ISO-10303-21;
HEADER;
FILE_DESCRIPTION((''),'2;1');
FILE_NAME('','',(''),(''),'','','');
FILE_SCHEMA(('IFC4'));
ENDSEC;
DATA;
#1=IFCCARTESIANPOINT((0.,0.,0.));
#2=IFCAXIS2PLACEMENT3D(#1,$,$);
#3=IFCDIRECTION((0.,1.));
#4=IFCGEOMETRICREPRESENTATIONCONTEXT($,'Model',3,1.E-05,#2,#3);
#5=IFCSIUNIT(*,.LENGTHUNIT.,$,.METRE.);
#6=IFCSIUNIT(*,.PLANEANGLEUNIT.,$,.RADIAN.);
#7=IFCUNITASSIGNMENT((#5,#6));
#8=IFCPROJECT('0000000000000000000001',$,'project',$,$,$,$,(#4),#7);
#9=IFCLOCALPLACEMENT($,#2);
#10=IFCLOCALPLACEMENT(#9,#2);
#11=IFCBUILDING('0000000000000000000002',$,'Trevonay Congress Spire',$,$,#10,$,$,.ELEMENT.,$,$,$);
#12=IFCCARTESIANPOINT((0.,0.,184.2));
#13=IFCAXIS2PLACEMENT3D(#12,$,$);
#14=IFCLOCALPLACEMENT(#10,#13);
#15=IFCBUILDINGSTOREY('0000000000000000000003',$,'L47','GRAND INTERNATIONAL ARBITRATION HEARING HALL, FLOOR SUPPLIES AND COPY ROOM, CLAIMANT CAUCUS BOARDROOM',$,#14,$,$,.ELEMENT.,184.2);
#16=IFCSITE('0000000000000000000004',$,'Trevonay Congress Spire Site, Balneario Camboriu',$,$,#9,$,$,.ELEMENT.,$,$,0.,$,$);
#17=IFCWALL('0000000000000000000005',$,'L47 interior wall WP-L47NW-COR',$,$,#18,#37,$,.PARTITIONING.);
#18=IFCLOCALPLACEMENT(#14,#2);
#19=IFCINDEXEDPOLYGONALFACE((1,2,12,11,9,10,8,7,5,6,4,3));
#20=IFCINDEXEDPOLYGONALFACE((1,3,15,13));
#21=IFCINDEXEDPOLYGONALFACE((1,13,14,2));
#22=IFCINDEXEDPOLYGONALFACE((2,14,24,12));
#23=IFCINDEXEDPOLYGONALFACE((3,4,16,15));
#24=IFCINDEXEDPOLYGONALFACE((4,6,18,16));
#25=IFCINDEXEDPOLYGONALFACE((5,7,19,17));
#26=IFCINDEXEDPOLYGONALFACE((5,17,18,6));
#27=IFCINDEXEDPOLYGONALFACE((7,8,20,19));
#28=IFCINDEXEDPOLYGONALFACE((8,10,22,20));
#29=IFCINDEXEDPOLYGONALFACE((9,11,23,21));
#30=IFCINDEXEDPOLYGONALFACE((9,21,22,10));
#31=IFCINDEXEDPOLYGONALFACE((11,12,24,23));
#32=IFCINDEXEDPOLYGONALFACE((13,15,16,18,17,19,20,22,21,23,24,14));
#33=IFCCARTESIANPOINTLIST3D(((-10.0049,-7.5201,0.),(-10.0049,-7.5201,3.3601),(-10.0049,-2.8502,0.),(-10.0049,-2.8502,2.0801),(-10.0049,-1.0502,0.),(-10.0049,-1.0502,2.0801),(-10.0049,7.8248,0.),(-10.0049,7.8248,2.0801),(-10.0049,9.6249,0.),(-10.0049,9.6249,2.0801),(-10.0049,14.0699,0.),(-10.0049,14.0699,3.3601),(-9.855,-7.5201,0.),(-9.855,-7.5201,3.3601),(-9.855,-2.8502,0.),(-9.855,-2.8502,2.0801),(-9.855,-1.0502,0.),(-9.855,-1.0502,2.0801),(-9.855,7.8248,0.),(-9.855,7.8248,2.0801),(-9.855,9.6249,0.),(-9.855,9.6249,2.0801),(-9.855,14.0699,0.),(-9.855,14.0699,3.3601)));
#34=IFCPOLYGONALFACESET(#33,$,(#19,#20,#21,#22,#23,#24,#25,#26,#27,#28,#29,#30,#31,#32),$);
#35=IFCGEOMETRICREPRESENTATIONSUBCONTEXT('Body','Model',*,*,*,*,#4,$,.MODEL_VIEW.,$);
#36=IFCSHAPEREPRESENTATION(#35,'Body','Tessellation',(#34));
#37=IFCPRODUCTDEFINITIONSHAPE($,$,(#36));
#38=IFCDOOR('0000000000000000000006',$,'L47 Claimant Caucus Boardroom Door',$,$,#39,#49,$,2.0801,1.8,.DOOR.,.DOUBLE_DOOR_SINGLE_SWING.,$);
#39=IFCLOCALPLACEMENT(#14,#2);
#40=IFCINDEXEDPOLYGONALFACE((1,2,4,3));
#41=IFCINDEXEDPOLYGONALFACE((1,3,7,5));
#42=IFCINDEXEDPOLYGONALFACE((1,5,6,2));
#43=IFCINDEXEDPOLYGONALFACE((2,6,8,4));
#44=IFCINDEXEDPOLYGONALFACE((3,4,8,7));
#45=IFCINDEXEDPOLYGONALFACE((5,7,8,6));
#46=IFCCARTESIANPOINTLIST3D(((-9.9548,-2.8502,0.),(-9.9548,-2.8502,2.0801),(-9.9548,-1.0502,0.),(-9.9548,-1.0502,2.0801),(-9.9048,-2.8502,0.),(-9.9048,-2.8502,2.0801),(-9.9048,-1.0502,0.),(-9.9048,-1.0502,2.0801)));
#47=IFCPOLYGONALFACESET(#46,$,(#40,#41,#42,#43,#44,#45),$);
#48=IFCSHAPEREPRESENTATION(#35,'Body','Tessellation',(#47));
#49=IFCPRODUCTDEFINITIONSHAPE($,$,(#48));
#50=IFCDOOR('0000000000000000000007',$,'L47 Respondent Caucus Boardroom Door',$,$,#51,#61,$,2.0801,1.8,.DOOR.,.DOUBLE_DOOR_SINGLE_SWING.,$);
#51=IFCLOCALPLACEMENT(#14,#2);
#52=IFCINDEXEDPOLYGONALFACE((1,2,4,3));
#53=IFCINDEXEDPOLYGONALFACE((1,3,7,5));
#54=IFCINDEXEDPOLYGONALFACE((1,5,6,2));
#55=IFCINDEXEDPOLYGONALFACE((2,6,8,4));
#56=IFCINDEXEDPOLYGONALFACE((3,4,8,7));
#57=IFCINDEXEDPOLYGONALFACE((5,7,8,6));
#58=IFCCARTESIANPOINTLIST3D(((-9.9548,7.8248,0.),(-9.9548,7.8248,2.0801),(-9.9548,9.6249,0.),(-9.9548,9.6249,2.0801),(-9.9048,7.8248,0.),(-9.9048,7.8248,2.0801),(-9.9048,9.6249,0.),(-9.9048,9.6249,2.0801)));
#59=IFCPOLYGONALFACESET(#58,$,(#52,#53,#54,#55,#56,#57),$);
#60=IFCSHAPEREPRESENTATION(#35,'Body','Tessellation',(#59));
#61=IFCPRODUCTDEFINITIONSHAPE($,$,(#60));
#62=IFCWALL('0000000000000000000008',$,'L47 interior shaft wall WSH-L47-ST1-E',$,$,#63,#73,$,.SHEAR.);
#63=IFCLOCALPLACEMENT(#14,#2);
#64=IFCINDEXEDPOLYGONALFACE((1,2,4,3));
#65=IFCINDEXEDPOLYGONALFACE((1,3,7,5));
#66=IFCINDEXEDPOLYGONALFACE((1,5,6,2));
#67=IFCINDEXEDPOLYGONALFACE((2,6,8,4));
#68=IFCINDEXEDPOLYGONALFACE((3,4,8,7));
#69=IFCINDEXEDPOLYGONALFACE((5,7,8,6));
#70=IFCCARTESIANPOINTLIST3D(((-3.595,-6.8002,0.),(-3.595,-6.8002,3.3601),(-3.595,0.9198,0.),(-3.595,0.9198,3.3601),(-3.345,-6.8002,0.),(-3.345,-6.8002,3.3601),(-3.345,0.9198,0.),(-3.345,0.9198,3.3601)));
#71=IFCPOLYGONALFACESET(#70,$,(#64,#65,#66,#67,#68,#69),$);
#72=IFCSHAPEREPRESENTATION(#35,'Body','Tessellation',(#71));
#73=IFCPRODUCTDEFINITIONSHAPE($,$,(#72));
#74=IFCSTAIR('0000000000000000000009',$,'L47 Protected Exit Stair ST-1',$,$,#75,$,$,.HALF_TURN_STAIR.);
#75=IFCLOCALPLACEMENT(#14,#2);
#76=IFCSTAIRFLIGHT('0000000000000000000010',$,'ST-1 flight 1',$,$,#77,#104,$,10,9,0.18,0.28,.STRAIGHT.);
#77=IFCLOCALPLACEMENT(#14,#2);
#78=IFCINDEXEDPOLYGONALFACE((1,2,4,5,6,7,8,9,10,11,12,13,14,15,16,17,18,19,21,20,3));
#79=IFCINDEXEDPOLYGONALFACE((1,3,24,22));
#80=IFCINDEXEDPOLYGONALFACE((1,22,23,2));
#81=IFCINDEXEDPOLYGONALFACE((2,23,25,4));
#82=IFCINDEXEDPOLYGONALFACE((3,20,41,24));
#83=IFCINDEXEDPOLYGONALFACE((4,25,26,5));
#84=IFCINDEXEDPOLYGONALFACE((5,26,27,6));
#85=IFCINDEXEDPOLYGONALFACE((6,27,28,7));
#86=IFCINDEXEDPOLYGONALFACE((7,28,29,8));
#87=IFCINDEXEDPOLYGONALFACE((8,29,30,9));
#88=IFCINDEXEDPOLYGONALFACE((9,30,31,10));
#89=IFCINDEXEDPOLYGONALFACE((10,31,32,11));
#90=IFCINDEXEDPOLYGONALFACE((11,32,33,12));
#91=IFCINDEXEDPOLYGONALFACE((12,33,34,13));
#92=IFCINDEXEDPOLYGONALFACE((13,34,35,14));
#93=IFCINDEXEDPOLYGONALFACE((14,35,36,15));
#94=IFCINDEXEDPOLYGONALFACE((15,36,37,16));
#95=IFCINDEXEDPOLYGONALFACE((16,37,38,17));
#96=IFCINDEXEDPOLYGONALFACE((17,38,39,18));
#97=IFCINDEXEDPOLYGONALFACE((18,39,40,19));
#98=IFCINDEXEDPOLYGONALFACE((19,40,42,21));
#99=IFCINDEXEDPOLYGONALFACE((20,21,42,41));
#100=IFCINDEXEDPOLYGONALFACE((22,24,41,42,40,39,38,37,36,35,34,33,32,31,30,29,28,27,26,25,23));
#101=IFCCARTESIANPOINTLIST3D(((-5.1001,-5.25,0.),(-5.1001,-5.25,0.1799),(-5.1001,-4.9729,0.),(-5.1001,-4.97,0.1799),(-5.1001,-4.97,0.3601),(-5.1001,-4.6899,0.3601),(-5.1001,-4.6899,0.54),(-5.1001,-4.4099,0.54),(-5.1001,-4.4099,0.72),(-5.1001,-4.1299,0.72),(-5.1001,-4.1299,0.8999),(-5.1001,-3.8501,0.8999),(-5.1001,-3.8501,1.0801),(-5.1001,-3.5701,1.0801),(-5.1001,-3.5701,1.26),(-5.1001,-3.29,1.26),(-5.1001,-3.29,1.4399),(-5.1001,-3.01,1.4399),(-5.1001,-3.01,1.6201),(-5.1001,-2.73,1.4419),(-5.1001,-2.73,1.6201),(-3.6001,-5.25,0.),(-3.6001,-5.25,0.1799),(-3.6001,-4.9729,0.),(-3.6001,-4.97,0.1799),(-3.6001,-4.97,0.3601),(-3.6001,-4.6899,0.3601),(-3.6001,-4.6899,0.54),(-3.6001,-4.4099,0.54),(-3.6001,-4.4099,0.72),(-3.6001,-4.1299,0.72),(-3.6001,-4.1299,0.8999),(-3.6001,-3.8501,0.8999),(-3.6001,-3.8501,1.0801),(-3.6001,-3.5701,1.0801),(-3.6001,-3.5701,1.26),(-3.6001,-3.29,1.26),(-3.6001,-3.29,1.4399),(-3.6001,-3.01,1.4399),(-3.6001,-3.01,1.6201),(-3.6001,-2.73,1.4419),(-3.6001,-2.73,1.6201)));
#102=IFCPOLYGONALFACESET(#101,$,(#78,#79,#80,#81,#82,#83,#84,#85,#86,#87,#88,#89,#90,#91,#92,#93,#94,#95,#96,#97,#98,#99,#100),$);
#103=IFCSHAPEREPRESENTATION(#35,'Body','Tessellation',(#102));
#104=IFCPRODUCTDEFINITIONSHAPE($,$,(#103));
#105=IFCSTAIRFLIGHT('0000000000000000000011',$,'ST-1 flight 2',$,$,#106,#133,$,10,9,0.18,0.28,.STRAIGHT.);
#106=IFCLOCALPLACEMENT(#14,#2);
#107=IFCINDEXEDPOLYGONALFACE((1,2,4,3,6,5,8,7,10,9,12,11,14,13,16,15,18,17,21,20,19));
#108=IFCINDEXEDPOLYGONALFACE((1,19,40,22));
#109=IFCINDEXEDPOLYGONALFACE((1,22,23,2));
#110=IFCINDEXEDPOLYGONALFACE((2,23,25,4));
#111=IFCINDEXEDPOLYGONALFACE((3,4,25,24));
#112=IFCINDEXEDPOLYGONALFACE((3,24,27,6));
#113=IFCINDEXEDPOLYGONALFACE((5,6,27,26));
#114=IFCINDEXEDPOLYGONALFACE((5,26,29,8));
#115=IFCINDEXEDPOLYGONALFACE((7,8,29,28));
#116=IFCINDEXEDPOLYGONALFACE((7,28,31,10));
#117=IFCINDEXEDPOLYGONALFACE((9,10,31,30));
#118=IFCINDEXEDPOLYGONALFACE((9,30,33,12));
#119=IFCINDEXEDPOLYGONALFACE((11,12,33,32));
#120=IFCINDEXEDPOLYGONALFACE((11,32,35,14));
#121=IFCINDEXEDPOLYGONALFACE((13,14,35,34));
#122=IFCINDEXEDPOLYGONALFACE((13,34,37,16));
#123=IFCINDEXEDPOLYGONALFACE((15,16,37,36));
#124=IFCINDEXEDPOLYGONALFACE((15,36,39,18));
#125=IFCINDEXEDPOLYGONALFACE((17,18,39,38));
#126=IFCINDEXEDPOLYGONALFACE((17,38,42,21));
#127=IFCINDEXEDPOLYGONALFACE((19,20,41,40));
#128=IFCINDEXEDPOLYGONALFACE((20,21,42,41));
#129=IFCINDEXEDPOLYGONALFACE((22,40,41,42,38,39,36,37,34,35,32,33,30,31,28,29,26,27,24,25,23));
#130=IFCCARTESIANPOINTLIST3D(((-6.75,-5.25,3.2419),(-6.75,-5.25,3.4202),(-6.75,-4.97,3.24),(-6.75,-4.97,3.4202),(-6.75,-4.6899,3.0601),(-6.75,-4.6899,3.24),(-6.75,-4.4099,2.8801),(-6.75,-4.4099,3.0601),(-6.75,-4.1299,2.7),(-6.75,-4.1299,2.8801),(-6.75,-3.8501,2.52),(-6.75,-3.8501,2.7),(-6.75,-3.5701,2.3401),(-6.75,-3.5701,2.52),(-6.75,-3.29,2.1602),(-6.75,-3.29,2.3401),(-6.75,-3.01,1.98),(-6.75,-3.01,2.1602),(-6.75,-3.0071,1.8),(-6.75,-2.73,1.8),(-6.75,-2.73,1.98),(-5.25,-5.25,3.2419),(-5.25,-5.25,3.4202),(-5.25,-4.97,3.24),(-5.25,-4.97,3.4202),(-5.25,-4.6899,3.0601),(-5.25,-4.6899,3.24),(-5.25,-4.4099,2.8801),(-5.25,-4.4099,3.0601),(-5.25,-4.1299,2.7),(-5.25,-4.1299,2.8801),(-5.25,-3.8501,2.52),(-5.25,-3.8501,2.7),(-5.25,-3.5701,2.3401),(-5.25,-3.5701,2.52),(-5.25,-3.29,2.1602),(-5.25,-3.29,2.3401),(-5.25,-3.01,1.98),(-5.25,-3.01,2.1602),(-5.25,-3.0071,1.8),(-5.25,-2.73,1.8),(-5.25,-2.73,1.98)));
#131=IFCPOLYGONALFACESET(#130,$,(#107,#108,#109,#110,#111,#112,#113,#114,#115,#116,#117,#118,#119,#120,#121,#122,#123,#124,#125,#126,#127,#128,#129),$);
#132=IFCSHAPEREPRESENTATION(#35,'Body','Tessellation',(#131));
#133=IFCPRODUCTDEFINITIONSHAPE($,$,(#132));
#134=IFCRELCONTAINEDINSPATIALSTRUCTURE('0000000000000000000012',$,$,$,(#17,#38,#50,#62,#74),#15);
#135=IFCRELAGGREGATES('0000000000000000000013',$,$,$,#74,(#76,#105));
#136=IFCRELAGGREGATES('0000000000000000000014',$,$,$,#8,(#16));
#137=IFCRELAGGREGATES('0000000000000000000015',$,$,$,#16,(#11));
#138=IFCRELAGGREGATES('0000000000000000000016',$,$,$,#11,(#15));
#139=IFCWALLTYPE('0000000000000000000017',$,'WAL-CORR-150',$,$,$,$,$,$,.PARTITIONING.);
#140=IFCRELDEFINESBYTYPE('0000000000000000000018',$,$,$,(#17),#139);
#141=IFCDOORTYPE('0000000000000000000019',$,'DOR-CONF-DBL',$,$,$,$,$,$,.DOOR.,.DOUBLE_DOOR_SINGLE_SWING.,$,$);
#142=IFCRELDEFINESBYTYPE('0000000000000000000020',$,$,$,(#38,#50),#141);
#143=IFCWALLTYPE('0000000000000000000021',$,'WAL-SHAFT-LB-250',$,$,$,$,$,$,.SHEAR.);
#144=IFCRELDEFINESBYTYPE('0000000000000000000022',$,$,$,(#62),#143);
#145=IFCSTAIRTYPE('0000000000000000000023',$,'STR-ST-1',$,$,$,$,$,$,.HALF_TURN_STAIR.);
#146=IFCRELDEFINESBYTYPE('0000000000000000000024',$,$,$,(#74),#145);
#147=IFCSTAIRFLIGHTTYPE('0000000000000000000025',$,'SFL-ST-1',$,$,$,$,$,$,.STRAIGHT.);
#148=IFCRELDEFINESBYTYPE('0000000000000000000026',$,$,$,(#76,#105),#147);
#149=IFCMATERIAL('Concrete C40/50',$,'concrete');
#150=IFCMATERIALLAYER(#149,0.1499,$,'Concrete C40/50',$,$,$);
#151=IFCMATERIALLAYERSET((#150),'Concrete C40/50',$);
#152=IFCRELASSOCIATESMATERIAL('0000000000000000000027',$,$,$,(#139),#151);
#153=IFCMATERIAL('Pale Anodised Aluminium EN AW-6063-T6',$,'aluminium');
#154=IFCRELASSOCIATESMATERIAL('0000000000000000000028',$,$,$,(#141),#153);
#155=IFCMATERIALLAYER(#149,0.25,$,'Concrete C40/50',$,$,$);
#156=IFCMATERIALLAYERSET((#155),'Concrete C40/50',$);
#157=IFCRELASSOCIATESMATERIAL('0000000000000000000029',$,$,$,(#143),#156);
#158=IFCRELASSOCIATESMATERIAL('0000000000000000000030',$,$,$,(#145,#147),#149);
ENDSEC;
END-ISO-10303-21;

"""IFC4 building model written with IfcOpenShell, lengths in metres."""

from ifc_helpers import new_model, si_unit, direction, frame, frame_2d, origin, place, context, subcontext, project, spatial, polyline, rectangle, outline, extrude, material, layer, layer_set, type_object, element, fill, aggregate, save


model = new_model("IFC4")

# Units and contexts
model_context = context("Model", 3, precision=1e-05, world=origin(), true_north=direction((0.0, 1.0)))
body_context = subcontext(model_context, "Body", "Model", "MODEL_VIEW")
ifc_project = project(units=[si_unit("LENGTHUNIT", "METRE"), si_unit("PLANEANGLEUNIT", "RADIAN")], contexts=[model_context])

# Site, building, storey
site_placement = place(None, origin())
site = spatial("IfcSite", under=ifc_project, at=site_placement, Name="Trevonay Congress Spire Site, Balneario Camboriu", CompositionType="ELEMENT", RefElevation=0.0)
building_placement = place(site_placement, origin())
building = spatial("IfcBuilding", under=site, at=building_placement, Name="Trevonay Congress Spire", CompositionType="ELEMENT")
storey_placement = place(building_placement, frame((0.0, 0.0, 184.2)))
storey = spatial("IfcBuildingStorey", under=building, at=storey_placement, Name="L47", Description="GRAND INTERNATIONAL ARBITRATION HEARING HALL, FLOOR SUPPLIES AND COPY ROOM, CLAIMANT CAUCUS BOARDROOM", CompositionType="ELEMENT", Elevation=184.2)

# Wall, openings, doors
ifc_material_1 = material(Name="Concrete C40/50", Category="concrete")
ifc_layer_1 = layer(ifc_material_1, 0.1499, Name="Concrete C40/50")
ifc_layer_set_1 = layer_set([ifc_layer_1], Name="Concrete C40/50")
wall_type_1 = type_object("IfcWallType", Name="WAL-CORR-150", PredefinedType="PARTITIONING", material=ifc_layer_set_1)
wall_1_placement = place(storey_placement, frame((-9.9299, -7.52, 0.0), z_axis=(0.0, 0.0, 1.0), x_axis=(0.0, 1.0, 0.0)))
wall_1 = element("IfcWall", 1, at=wall_1_placement, inside=storey, type_object=wall_type_1, Name="L47 interior wall WP-L47NW-COR", PredefinedType="PARTITIONING", context=body_context, shape_type="SweptSolid", body=[
    extrude(rectangle(XDim=21.5901, YDim=0.1499, at=frame_2d((10.7949, 0.0))), origin(), (0.0, 0.0, 1.0), 3.3601),
])
opening_1_placement = place(wall_1_placement, frame((4.6699, 0.0, 0.0)))
opening_1 = element("IfcOpeningElement", 2, at=opening_1_placement, cuts=wall_1, PredefinedType="OPENING", context=body_context, shape_type="SweptSolid", body=[
    extrude(rectangle(XDim=1.8, YDim=2.0801, at=frame_2d((0.8999, 1.04))), frame((0.0, 0.085, 0.0), z_axis=(0.0, -1.0, 0.0), x_axis=(1.0, 0.0, 0.0)), (0.0, 0.0, 1.0), 0.1699),
])
opening_2_placement = place(wall_1_placement, frame((15.345, 0.0, 0.0)))
opening_2 = element("IfcOpeningElement", 3, at=opening_2_placement, cuts=wall_1, PredefinedType="OPENING", context=body_context, shape_type="SweptSolid", body=[
    extrude(rectangle(XDim=1.8, YDim=2.0801, at=frame_2d((0.8999, 1.04))), frame((0.0, 0.085, 0.0), z_axis=(0.0, -1.0, 0.0), x_axis=(1.0, 0.0, 0.0)), (0.0, 0.0, 1.0), 0.1699),
])
ifc_material_2 = material(Name="Pale Anodised Aluminium EN AW-6063-T6", Category="aluminium")
door_type_1 = type_object("IfcDoorType", Name="DOR-CONF-DBL", OperationType="DOUBLE_DOOR_SINGLE_SWING", PredefinedType="DOOR", material=ifc_material_2)
door_1_placement = place(opening_1_placement, origin())
door_1 = element("IfcDoor", 4, at=door_1_placement, inside=storey, type_object=door_type_1, Name="L47 Claimant Caucus Boardroom Door", OperationType="DOUBLE_DOOR_SINGLE_SWING", OverallHeight=2.0801, OverallWidth=1.8, PredefinedType="DOOR", context=body_context, shape_type="SweptSolid", body=[
    extrude(rectangle(XDim=1.8, YDim=2.0801, at=frame_2d((0.8999, 1.04))), frame((0.0, 0.0249, 0.0), z_axis=(0.0, -1.0, 0.0), x_axis=(1.0, 0.0, 0.0)), (0.0, 0.0, 1.0), 0.05),
])
fill(opening_1, door_1)
door_2_placement = place(opening_2_placement, origin())
door_2 = element("IfcDoor", 5, at=door_2_placement, inside=storey, type_object=door_type_1, Name="L47 Respondent Caucus Boardroom Door", OperationType="DOUBLE_DOOR_SINGLE_SWING", OverallHeight=2.0801, OverallWidth=1.8, PredefinedType="DOOR", context=body_context, shape_type="SweptSolid", body=[
    extrude(rectangle(XDim=1.8, YDim=2.0801, at=frame_2d((0.8999, 1.04))), frame((0.0, 0.0249, 0.0), z_axis=(0.0, -1.0, 0.0), x_axis=(1.0, 0.0, 0.0)), (0.0, 0.0, 1.0), 0.05),
])
fill(opening_2, door_2)

# Wall
ifc_layer_2 = layer(ifc_material_1, 0.25, Name="Concrete C40/50")
ifc_layer_set_2 = layer_set([ifc_layer_2], Name="Concrete C40/50")
wall_type_2 = type_object("IfcWallType", Name="WAL-SHAFT-LB-250", PredefinedType="SHEAR", material=ifc_layer_set_2)
wall_2_placement = place(storey_placement, frame((-3.47, -6.8, 0.0), z_axis=(0.0, 0.0, 1.0), x_axis=(0.0, 1.0, 0.0)))
element("IfcWall", 6, at=wall_2_placement, inside=storey, type_object=wall_type_2, Name="L47 interior shaft wall WSH-L47-ST1-E", PredefinedType="SHEAR", context=body_context, shape_type="SweptSolid", body=[
    extrude(rectangle(XDim=7.72, YDim=0.25, at=frame_2d((3.8599, 0.0))), origin(), (0.0, 0.0, 1.0), 3.3601),
])

# Stair, stair flights
stair_type = type_object("IfcStairType", Name="STR-ST-1", PredefinedType="HALF_TURN_STAIR", material=ifc_material_1)
stair_placement = place(storey_placement, origin())
stair = element("IfcStair", 7, at=stair_placement, inside=storey, type_object=stair_type, Name="L47 Protected Exit Stair ST-1", PredefinedType="HALF_TURN_STAIR")
stair_flight_type = type_object("IfcStairFlightType", Name="SFL-ST-1", PredefinedType="STRAIGHT", material=ifc_material_1)
stair_flight_1_placement = place(storey_placement, frame((-4.3501, -5.25, 0.0), z_axis=(0.0, 0.0, 1.0), x_axis=(0.0, 1.0, 0.0)))
stair_flight_1 = element("IfcStairFlight", 8, at=stair_flight_1_placement, type_object=stair_flight_type, Name="ST-1 flight 1", NumberOfRisers=10, NumberOfTreads=9, PredefinedType="STRAIGHT", RiserHeight=0.18, TreadLength=0.28, context=body_context, shape_type="SweptSolid", body=[
    extrude(outline(polyline([(0.0, 0.0), (0.0, 0.1799), (0.28, 0.1799), (0.28, 0.3601), (0.5601, 0.3601), (0.5601, 0.54), (0.8401, 0.54), (0.8401, 0.72), (1.1201, 0.72), (1.1201, 0.8999), (1.3999, 0.8999), (1.3999, 1.0801), (1.6799, 1.0801), (1.6799, 1.26), (1.96, 1.26), (1.96, 1.4399), (2.24, 1.4399), (2.24, 1.6201), (2.52, 1.6201), (2.52, 1.8), (2.52, 1.4419), (0.2771, 0.0), (0.0, 0.0)])), frame((0.0, 0.75, 0.0), z_axis=(0.0, -1.0, 0.0), x_axis=(1.0, 0.0, 0.0)), (0.0, 0.0, 1.0), 1.5),
])
stair_flight_2_placement = place(storey_placement, frame((-6.0, -2.73, 1.8), z_axis=(0.0, 0.0, 1.0), x_axis=(0.0, -1.0, 0.0)))
stair_flight_2 = element("IfcStairFlight", 9, at=stair_flight_2_placement, type_object=stair_flight_type, Name="ST-1 flight 2", NumberOfRisers=10, NumberOfTreads=9, PredefinedType="STRAIGHT", RiserHeight=0.18, TreadLength=0.28, context=body_context, shape_type="SweptSolid", body=[
    extrude(outline(polyline([(0.0, 0.0), (0.0, 0.1799), (0.28, 0.1799), (0.28, 0.3601), (0.5601, 0.3601), (0.5601, 0.54), (0.8401, 0.54), (0.8401, 0.72), (1.1201, 0.72), (1.1201, 0.8999), (1.3999, 0.8999), (1.3999, 1.0801), (1.6799, 1.0801), (1.6799, 1.26), (1.96, 1.26), (1.96, 1.4399), (2.24, 1.4399), (2.24, 1.6201), (2.52, 1.6201), (2.52, 1.8), (2.52, 1.4419), (0.2771, 0.0), (0.0, 0.0)])), frame((0.0, 0.75, 0.0), z_axis=(0.0, -1.0, 0.0), x_axis=(1.0, 0.0, 0.0)), (0.0, 0.0, 1.0), 1.5),
])
aggregate(stair, [stair_flight_1, stair_flight_2])

save(model, "model.ifc")
